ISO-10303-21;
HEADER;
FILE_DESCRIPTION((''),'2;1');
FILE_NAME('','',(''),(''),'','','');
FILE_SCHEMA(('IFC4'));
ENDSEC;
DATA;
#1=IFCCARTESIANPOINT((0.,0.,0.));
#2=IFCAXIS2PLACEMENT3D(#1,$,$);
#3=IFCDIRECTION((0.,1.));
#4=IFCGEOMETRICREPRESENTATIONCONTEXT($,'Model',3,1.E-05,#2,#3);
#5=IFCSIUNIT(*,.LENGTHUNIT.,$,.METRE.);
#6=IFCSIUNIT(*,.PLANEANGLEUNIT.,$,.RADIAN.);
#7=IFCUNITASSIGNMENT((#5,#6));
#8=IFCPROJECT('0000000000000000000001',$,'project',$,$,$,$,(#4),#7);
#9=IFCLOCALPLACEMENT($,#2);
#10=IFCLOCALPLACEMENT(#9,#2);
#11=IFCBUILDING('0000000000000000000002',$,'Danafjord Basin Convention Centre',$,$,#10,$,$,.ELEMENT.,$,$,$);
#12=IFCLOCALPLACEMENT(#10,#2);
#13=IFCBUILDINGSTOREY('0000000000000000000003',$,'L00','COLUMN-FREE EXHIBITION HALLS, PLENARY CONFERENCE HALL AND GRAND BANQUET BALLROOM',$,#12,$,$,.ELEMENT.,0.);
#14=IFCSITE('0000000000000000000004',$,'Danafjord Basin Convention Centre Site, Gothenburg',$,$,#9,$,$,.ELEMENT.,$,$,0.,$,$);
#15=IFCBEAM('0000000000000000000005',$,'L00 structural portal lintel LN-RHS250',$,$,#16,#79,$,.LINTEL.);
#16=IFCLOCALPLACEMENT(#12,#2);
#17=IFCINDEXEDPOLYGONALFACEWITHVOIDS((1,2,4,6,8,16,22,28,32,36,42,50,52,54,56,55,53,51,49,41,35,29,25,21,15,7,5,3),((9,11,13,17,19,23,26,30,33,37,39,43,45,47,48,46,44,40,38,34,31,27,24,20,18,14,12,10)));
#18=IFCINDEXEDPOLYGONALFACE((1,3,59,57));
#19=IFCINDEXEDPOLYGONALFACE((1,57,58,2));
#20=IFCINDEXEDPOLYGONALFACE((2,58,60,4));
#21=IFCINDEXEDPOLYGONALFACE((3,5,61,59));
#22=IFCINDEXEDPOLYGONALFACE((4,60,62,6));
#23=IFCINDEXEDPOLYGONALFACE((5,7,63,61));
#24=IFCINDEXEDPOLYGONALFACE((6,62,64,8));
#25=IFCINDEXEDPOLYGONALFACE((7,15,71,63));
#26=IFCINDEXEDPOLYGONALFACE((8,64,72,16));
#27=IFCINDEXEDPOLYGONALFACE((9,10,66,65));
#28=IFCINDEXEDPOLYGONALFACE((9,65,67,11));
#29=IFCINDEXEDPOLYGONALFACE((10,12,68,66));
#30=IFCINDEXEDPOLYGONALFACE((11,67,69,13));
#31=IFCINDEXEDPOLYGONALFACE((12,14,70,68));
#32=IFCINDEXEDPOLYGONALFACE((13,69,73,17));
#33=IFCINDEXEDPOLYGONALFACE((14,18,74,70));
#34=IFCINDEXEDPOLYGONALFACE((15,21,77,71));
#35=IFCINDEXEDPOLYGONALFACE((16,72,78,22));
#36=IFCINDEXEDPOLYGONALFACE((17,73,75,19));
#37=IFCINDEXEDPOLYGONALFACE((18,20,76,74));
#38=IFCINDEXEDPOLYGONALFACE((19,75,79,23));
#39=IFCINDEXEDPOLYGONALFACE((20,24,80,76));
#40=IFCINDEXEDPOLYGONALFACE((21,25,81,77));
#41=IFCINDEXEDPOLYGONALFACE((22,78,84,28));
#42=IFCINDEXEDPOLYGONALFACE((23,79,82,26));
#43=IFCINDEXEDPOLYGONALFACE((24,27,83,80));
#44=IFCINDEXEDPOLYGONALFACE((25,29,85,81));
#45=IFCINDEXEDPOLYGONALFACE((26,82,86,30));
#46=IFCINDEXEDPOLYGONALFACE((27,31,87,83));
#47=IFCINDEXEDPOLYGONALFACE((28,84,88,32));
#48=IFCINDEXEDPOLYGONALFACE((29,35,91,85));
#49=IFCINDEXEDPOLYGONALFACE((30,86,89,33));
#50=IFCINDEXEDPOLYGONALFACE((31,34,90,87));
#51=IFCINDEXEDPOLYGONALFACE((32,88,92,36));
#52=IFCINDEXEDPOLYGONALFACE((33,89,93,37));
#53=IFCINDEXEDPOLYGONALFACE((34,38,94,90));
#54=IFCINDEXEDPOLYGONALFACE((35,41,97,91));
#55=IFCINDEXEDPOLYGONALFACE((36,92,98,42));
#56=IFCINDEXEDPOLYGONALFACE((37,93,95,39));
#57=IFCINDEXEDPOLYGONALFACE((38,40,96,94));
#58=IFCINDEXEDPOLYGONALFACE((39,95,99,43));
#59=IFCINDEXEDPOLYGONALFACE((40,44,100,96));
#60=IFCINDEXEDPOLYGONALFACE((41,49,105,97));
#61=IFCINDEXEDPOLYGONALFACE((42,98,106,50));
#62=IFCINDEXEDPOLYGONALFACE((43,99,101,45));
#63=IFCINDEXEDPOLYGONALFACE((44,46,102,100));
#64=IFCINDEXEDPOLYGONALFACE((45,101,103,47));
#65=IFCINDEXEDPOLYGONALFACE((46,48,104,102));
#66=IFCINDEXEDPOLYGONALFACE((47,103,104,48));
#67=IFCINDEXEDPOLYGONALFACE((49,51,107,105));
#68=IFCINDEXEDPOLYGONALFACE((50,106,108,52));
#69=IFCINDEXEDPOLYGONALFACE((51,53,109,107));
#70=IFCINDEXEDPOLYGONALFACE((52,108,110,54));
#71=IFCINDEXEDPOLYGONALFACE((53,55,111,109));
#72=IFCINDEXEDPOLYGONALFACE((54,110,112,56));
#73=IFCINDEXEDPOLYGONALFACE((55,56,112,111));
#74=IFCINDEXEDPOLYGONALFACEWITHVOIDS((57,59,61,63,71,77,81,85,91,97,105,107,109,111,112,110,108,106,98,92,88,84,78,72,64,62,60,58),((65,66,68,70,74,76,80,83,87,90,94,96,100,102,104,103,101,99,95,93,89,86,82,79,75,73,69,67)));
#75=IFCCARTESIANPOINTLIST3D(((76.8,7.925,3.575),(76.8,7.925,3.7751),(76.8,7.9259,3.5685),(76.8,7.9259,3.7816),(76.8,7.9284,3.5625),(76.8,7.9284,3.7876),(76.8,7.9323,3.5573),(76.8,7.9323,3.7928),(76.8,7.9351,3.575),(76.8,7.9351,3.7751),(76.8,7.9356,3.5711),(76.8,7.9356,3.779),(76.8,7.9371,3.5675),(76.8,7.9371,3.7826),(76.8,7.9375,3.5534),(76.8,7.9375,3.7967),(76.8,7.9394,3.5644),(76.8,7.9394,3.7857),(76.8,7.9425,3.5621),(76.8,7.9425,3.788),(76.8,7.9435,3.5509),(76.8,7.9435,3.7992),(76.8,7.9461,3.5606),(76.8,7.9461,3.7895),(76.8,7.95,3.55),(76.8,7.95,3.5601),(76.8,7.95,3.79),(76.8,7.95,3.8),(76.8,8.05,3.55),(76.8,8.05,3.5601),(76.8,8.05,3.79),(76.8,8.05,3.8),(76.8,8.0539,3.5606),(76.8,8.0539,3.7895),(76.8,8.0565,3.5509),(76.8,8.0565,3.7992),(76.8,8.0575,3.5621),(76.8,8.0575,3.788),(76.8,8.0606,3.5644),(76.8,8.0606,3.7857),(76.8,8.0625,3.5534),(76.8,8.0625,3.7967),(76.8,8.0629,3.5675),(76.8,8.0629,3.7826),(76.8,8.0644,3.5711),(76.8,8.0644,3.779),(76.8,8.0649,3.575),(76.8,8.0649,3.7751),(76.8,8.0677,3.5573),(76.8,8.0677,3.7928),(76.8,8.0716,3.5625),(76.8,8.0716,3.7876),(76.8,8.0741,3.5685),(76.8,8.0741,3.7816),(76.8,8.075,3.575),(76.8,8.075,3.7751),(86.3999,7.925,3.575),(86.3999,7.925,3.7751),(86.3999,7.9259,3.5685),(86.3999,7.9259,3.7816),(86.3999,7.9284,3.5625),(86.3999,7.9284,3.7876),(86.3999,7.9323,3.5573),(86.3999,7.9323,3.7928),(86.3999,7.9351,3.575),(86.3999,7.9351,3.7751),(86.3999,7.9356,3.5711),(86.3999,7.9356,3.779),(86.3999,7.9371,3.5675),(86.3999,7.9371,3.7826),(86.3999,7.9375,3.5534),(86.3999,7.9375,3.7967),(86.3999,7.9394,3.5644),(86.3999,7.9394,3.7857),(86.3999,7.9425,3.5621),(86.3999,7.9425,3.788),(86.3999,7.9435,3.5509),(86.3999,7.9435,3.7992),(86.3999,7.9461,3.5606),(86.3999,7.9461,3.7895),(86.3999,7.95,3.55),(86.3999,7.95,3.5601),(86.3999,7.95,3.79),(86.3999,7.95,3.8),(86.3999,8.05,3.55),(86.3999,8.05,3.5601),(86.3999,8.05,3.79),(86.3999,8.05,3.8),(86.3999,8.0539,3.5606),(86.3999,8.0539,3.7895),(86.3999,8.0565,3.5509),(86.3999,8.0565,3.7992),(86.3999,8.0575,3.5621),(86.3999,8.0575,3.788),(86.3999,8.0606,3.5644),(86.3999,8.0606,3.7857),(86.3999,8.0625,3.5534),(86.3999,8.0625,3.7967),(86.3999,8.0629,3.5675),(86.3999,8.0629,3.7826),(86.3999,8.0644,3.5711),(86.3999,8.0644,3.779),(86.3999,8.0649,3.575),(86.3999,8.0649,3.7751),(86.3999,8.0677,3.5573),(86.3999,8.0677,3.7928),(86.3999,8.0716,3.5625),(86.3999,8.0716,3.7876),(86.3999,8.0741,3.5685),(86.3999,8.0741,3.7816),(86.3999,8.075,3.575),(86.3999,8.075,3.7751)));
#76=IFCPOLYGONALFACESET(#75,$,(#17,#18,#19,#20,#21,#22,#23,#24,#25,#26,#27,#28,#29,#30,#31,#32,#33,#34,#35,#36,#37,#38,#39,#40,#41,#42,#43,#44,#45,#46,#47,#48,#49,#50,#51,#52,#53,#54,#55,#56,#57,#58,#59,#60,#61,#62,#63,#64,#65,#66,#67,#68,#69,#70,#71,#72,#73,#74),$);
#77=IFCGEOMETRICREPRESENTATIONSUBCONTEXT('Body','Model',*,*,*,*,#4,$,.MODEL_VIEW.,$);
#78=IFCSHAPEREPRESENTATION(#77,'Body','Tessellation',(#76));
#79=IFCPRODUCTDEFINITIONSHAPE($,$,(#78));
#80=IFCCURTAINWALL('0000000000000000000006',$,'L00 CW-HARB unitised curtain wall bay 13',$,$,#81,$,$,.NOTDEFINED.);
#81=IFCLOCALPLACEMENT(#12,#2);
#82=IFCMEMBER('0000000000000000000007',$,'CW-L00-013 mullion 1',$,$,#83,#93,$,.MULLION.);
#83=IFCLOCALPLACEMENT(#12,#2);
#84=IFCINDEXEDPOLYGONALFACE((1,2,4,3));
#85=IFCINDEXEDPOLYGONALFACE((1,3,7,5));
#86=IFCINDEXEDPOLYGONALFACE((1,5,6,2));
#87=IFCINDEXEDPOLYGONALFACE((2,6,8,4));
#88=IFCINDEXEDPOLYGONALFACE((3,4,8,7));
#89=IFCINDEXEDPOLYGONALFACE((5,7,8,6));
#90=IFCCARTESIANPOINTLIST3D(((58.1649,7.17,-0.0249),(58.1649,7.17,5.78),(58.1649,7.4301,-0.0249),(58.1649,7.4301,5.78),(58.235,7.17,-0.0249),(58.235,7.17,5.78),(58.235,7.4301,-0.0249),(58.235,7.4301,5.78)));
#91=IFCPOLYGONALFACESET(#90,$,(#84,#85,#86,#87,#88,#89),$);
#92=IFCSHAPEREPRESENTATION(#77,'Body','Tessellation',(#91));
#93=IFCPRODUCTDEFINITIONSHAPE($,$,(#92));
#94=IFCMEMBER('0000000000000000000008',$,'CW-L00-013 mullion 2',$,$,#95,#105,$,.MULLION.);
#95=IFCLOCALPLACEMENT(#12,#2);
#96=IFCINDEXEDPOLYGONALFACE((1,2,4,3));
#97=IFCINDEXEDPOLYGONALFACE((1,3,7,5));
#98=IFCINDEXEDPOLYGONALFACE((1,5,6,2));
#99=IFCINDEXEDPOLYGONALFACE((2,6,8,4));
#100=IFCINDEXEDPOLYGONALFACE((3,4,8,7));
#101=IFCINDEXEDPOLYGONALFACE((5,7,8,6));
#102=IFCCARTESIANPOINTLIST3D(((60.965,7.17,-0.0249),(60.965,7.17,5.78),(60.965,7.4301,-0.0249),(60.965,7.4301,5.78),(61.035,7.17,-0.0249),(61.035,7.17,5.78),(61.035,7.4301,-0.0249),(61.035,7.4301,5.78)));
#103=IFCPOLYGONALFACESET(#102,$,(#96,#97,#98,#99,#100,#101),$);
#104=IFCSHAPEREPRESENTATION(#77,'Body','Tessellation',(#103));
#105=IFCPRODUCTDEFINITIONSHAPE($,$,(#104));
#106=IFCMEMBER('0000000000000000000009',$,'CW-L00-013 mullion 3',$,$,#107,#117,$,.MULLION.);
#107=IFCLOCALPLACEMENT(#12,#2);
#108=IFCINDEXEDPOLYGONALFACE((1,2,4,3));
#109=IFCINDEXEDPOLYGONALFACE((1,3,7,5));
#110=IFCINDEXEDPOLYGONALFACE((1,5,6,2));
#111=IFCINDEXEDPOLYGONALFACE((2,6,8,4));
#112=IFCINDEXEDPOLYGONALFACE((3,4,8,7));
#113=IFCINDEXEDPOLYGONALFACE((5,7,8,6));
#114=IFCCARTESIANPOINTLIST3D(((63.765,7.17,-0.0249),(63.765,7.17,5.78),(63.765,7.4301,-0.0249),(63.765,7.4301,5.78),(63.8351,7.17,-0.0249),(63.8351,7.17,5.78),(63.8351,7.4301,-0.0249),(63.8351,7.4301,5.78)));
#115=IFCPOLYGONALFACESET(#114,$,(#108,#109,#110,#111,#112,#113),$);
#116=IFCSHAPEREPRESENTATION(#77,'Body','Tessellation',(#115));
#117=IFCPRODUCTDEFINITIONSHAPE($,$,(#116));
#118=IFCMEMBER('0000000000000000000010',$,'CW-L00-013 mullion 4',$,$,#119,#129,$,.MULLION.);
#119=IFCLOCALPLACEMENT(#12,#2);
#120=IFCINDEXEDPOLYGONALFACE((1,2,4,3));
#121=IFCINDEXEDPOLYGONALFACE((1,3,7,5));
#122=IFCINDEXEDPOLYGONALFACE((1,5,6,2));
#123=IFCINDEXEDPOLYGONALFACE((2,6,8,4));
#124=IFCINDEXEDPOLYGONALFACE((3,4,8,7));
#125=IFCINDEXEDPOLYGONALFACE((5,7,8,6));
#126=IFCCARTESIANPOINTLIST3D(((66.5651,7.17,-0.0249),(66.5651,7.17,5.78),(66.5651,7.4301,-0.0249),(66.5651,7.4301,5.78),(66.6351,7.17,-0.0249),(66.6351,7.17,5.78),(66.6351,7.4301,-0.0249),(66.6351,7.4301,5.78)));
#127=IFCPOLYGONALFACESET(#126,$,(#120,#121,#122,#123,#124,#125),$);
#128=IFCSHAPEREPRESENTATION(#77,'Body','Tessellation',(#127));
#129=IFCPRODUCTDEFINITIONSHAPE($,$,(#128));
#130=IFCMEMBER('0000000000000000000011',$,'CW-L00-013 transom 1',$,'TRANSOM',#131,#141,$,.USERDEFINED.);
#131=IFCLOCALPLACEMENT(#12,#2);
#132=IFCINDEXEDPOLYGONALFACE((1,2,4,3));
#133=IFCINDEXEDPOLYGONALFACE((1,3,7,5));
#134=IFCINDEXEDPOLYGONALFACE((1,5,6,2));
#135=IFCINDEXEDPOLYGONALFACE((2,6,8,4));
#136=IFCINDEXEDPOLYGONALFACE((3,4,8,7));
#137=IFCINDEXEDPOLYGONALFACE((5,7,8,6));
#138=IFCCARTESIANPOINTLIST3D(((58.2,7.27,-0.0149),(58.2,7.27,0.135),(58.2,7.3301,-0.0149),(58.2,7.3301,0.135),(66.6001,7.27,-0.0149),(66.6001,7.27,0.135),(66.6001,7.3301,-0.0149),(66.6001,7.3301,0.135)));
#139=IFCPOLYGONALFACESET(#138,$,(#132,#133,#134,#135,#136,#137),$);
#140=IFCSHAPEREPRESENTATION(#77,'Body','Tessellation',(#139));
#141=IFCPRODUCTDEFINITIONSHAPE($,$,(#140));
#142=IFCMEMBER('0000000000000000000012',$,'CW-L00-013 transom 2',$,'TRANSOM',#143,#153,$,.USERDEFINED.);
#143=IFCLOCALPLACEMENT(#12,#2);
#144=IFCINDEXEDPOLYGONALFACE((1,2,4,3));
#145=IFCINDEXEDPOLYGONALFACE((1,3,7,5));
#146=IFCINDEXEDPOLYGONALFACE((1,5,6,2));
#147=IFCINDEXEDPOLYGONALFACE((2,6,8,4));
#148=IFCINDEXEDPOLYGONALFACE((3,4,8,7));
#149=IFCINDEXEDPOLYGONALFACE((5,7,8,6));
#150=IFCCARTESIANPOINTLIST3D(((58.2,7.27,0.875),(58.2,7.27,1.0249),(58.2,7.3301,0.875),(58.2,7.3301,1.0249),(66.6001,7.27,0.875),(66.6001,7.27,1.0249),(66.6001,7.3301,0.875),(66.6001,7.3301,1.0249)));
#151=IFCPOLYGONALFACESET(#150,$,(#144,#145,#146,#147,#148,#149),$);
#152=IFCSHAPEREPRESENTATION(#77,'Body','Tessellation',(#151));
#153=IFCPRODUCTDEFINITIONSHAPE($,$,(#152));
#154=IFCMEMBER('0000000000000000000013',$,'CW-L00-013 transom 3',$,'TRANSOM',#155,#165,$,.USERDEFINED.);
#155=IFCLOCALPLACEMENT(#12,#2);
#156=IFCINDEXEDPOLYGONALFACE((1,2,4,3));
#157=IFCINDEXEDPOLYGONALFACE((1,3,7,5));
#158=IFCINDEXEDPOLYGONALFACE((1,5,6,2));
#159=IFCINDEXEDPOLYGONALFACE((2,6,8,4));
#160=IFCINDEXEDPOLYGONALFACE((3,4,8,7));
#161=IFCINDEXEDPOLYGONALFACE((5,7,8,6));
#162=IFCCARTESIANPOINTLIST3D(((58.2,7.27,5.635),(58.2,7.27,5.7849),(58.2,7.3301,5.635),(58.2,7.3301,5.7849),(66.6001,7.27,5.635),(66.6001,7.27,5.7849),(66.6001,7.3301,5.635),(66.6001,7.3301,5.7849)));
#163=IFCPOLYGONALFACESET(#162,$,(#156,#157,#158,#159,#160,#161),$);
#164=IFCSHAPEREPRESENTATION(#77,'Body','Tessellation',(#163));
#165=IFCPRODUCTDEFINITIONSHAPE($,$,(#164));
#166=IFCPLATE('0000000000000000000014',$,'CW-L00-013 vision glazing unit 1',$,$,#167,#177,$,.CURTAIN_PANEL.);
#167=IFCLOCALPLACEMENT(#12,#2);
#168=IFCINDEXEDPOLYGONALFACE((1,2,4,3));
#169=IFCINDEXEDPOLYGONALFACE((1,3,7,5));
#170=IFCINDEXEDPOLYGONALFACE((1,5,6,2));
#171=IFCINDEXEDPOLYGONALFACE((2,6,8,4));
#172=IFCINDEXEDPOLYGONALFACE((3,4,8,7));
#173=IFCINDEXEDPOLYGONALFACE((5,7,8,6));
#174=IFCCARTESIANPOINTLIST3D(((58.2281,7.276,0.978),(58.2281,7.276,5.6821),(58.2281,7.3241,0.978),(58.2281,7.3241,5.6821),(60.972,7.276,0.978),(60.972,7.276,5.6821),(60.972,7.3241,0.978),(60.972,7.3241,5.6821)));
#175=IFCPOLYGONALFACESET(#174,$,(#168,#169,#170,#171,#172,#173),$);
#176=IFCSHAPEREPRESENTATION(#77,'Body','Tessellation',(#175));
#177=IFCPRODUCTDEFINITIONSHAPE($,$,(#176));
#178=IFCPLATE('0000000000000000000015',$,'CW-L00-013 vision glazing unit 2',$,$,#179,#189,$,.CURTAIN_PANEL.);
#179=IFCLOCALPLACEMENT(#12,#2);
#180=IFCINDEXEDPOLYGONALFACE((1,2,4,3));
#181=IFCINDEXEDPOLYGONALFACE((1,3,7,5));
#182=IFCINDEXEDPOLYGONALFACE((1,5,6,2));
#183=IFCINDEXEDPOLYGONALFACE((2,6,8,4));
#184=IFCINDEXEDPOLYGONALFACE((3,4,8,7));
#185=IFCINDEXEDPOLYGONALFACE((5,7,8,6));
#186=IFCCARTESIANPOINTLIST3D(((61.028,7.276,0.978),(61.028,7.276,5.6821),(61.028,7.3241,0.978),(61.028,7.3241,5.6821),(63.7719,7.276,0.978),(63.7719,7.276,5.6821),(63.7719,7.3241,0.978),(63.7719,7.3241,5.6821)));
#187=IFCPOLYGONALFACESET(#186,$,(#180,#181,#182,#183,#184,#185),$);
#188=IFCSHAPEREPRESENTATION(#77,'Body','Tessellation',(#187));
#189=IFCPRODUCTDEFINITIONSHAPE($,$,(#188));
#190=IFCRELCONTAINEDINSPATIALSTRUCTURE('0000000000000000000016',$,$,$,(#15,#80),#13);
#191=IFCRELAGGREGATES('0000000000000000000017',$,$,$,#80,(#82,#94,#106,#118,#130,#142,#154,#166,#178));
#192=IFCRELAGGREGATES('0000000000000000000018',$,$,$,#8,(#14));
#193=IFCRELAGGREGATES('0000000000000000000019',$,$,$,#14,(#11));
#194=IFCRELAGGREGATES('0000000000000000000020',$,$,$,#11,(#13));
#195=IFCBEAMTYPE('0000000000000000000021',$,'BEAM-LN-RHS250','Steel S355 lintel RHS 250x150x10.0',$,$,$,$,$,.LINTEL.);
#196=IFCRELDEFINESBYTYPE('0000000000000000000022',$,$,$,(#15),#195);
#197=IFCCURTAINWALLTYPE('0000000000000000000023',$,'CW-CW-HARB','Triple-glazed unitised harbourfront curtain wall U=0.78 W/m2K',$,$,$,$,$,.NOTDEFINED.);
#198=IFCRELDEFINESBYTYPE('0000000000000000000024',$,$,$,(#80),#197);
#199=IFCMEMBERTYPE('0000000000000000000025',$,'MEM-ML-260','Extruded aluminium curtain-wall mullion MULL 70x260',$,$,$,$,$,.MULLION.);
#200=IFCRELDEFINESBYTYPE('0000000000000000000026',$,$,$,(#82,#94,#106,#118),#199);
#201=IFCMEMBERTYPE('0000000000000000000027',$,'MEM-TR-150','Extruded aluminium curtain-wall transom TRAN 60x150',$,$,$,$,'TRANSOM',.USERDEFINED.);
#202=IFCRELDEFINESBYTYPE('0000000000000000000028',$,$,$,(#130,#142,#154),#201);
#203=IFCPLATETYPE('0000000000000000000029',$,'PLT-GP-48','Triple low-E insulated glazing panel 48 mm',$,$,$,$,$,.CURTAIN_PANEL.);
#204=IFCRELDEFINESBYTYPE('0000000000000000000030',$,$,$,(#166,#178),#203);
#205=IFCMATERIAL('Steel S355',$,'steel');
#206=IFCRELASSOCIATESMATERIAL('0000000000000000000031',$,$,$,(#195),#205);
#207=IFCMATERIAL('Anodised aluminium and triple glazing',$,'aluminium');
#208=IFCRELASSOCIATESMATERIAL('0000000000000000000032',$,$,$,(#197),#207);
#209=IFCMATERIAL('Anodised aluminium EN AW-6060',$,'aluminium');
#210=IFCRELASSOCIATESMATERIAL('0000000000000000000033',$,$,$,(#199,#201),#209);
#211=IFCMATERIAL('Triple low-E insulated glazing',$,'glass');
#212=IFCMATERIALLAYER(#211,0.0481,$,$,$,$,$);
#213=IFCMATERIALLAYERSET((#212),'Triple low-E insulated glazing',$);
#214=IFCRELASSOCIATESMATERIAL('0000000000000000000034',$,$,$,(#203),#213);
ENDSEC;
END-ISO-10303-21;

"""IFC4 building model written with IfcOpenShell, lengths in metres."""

from ifc_helpers import new_model, si_unit, direction, frame, origin, origin_2d, place, context, subcontext, project, spatial, rectangle, hollow_rectangle, extrude, material, layer, layer_set, material_profile, profile_set, type_object, element, aggregate, save


model = new_model("IFC4")

# Units and contexts
model_context = context("Model", 3, precision=1e-05, world=origin(), true_north=direction((0.0, 1.0)))
body_context = subcontext(model_context, "Body", "Model", "MODEL_VIEW")
ifc_project = project(units=[si_unit("LENGTHUNIT", "METRE"), si_unit("PLANEANGLEUNIT", "RADIAN")], contexts=[model_context])

# Site, building, storey
site_placement = place(None, origin())
site = spatial("IfcSite", under=ifc_project, at=site_placement, Name="Danafjord Basin Convention Centre Site, Gothenburg", CompositionType="ELEMENT", RefElevation=0.0)
building_placement = place(site_placement, origin())
building = spatial("IfcBuilding", under=site, at=building_placement, Name="Danafjord Basin Convention Centre", CompositionType="ELEMENT")
storey_placement = place(building_placement, origin())
storey = spatial("IfcBuildingStorey", under=building, at=storey_placement, Name="L00", Description="COLUMN-FREE EXHIBITION HALLS, PLENARY CONFERENCE HALL AND GRAND BANQUET BALLROOM", CompositionType="ELEMENT", Elevation=0.0)

# Shared definitions
ifc_material_1 = material(Name="Steel S355", Category="steel")

# Beam
ifc_material_profile_1 = material_profile(ifc_material_1, hollow_rectangle(XDim=0.1499, YDim=0.25, WallThickness=0.01, InnerFilletRadius=0.0149, OuterFilletRadius=0.0249, at=origin_2d()), Name="RHS 250x150x10.0")
ifc_profile_set_1 = profile_set([ifc_material_profile_1], Name="Steel S355")
beam_type_1 = type_object("IfcBeamType", Name="BEAM-LN-RHS250", Description="Steel S355 lintel RHS 250x150x10.0", PredefinedType="LINTEL", material=ifc_profile_set_1)
beam_1_placement = place(storey_placement, frame((76.8, 8.0, 3.675), z_axis=(1.0, 0.0, 0.0), x_axis=(0.0, 1.0, 0.0)))
element("IfcBeam", 1, at=beam_1_placement, inside=storey, type_object=beam_type_1, Name="L00 structural portal lintel LN-RHS250", PredefinedType="LINTEL", context=body_context, shape_type="SweptSolid", body=[
    extrude(hollow_rectangle(XDim=0.1499, YDim=0.25, WallThickness=0.01, InnerFilletRadius=0.0149, OuterFilletRadius=0.0249, at=origin_2d()), origin(), (0.0, 0.0, 1.0), 9.5999),
])

# Curtain wall, members, plates
ifc_material_2 = material(Name="Anodised aluminium and triple glazing", Category="aluminium")
curtain_wall_type = type_object("IfcCurtainWallType", Name="CW-CW-HARB", Description="Triple-glazed unitised harbourfront curtain wall U=0.78 W/m2K", PredefinedType="NOTDEFINED", material=ifc_material_2)
curtain_wall_placement = place(storey_placement, origin())
curtain_wall = element("IfcCurtainWall", 2, at=curtain_wall_placement, inside=storey, type_object=curtain_wall_type, Name="L00 CW-HARB unitised curtain wall bay 13", PredefinedType="NOTDEFINED")
ifc_material_3 = material(Name="Anodised aluminium EN AW-6060", Category="aluminium")
ifc_material_profile_2 = material_profile(ifc_material_3, rectangle(XDim=0.0701, YDim=0.26, at=origin_2d()), Name="MULL 70x260")
ifc_profile_set_2 = profile_set([ifc_material_profile_2], Name="Anodised aluminium EN AW-6060")
member_type_1 = type_object("IfcMemberType", Name="MEM-ML-260", Description="Extruded aluminium curtain-wall mullion MULL 70x260", PredefinedType="MULLION", material=ifc_profile_set_2)
member_1_placement = place(storey_placement, frame((58.2, 7.3, -0.0249), z_axis=(0.0, 0.0, 1.0), x_axis=(1.0, 0.0, 0.0)))
member_1 = element("IfcMember", 3, at=member_1_placement, type_object=member_type_1, Name="CW-L00-013 mullion 1", PredefinedType="MULLION", context=body_context, shape_type="SweptSolid", body=[
    extrude(rectangle(XDim=0.0701, YDim=0.26, at=origin_2d()), origin(), (0.0, 0.0, 1.0), 5.8049),
])
member_2_placement = place(storey_placement, frame((61.0, 7.3, -0.0249), z_axis=(0.0, 0.0, 1.0), x_axis=(1.0, 0.0, 0.0)))
member_2 = element("IfcMember", 4, at=member_2_placement, type_object=member_type_1, Name="CW-L00-013 mullion 2", PredefinedType="MULLION", context=body_context, shape_type="SweptSolid", body=[
    extrude(rectangle(XDim=0.0701, YDim=0.26, at=origin_2d()), origin(), (0.0, 0.0, 1.0), 5.8049),
])
member_3_placement = place(storey_placement, frame((63.8, 7.3, -0.0249), z_axis=(0.0, 0.0, 1.0), x_axis=(1.0, 0.0, 0.0)))
member_3 = element("IfcMember", 5, at=member_3_placement, type_object=member_type_1, Name="CW-L00-013 mullion 3", PredefinedType="MULLION", context=body_context, shape_type="SweptSolid", body=[
    extrude(rectangle(XDim=0.0701, YDim=0.26, at=origin_2d()), origin(), (0.0, 0.0, 1.0), 5.8049),
])
member_4_placement = place(storey_placement, frame((66.6001, 7.3, -0.0249), z_axis=(0.0, 0.0, 1.0), x_axis=(1.0, 0.0, 0.0)))
member_4 = element("IfcMember", 6, at=member_4_placement, type_object=member_type_1, Name="CW-L00-013 mullion 4", PredefinedType="MULLION", context=body_context, shape_type="SweptSolid", body=[
    extrude(rectangle(XDim=0.0701, YDim=0.26, at=origin_2d()), origin(), (0.0, 0.0, 1.0), 5.8049),
])
ifc_material_profile_3 = material_profile(ifc_material_3, rectangle(XDim=0.0601, YDim=0.1499, at=origin_2d()), Name="TRAN 60x150")
ifc_profile_set_3 = profile_set([ifc_material_profile_3], Name="Anodised aluminium EN AW-6060")
member_type_2 = type_object("IfcMemberType", Name="MEM-TR-150", Description="Extruded aluminium curtain-wall transom TRAN 60x150", ElementType="TRANSOM", PredefinedType="USERDEFINED", material=ifc_profile_set_3)
member_5_placement = place(storey_placement, frame((58.2, 7.3, 0.0601), z_axis=(1.0, 0.0, 0.0), x_axis=(0.0, 1.0, 0.0)))
member_5 = element("IfcMember", 7, at=member_5_placement, type_object=member_type_2, Name="CW-L00-013 transom 1", ObjectType="TRANSOM", PredefinedType="USERDEFINED", context=body_context, shape_type="SweptSolid", body=[
    extrude(rectangle(XDim=0.0601, YDim=0.1499, at=origin_2d()), origin(), (0.0, 0.0, 1.0), 8.4001),
])
member_6_placement = place(storey_placement, frame((58.2, 7.3, 0.95), z_axis=(1.0, 0.0, 0.0), x_axis=(0.0, 1.0, 0.0)))
member_6 = element("IfcMember", 8, at=member_6_placement, type_object=member_type_2, Name="CW-L00-013 transom 2", ObjectType="TRANSOM", PredefinedType="USERDEFINED", context=body_context, shape_type="SweptSolid", body=[
    extrude(rectangle(XDim=0.0601, YDim=0.1499, at=origin_2d()), origin(), (0.0, 0.0, 1.0), 8.4001),
])
member_7_placement = place(storey_placement, frame((58.2, 7.3, 5.71), z_axis=(1.0, 0.0, 0.0), x_axis=(0.0, 1.0, 0.0)))
member_7 = element("IfcMember", 9, at=member_7_placement, type_object=member_type_2, Name="CW-L00-013 transom 3", ObjectType="TRANSOM", PredefinedType="USERDEFINED", context=body_context, shape_type="SweptSolid", body=[
    extrude(rectangle(XDim=0.0601, YDim=0.1499, at=origin_2d()), origin(), (0.0, 0.0, 1.0), 8.4001),
])
ifc_material_4 = material(Name="Triple low-E insulated glazing", Category="glass")
ifc_layer_1 = layer(ifc_material_4, 0.0481)
ifc_layer_set_1 = layer_set([ifc_layer_1], Name="Triple low-E insulated glazing")
plate_type_1 = type_object("IfcPlateType", Name="PLT-GP-48", Description="Triple low-E insulated glazing panel 48 mm", PredefinedType="CURTAIN_PANEL", material=ifc_layer_set_1)
plate_1_placement = place(storey_placement, frame((59.6001, 7.3, 0.978), z_axis=(0.0, 0.0, 1.0), x_axis=(1.0, 0.0, 0.0)))
plate_1 = element("IfcPlate", 10, at=plate_1_placement, type_object=plate_type_1, Name="CW-L00-013 vision glazing unit 1", PredefinedType="CURTAIN_PANEL", context=body_context, shape_type="SweptSolid", body=[
    extrude(rectangle(XDim=2.7439, YDim=0.0481, at=origin_2d()), origin(), (0.0, 0.0, 1.0), 4.7041),
])
plate_2_placement = place(storey_placement, frame((62.3999, 7.3, 0.978), z_axis=(0.0, 0.0, 1.0), x_axis=(1.0, 0.0, 0.0)))
plate_2 = element("IfcPlate", 11, at=plate_2_placement, type_object=plate_type_1, Name="CW-L00-013 vision glazing unit 2", PredefinedType="CURTAIN_PANEL", context=body_context, shape_type="SweptSolid", body=[
    extrude(rectangle(XDim=2.7439, YDim=0.0481, at=origin_2d()), origin(), (0.0, 0.0, 1.0), 4.7041),
])
aggregate(curtain_wall, [member_1, member_2, member_3, member_4, member_5, member_6, member_7, plate_1, plate_2])

save(model, "model.ifc")
